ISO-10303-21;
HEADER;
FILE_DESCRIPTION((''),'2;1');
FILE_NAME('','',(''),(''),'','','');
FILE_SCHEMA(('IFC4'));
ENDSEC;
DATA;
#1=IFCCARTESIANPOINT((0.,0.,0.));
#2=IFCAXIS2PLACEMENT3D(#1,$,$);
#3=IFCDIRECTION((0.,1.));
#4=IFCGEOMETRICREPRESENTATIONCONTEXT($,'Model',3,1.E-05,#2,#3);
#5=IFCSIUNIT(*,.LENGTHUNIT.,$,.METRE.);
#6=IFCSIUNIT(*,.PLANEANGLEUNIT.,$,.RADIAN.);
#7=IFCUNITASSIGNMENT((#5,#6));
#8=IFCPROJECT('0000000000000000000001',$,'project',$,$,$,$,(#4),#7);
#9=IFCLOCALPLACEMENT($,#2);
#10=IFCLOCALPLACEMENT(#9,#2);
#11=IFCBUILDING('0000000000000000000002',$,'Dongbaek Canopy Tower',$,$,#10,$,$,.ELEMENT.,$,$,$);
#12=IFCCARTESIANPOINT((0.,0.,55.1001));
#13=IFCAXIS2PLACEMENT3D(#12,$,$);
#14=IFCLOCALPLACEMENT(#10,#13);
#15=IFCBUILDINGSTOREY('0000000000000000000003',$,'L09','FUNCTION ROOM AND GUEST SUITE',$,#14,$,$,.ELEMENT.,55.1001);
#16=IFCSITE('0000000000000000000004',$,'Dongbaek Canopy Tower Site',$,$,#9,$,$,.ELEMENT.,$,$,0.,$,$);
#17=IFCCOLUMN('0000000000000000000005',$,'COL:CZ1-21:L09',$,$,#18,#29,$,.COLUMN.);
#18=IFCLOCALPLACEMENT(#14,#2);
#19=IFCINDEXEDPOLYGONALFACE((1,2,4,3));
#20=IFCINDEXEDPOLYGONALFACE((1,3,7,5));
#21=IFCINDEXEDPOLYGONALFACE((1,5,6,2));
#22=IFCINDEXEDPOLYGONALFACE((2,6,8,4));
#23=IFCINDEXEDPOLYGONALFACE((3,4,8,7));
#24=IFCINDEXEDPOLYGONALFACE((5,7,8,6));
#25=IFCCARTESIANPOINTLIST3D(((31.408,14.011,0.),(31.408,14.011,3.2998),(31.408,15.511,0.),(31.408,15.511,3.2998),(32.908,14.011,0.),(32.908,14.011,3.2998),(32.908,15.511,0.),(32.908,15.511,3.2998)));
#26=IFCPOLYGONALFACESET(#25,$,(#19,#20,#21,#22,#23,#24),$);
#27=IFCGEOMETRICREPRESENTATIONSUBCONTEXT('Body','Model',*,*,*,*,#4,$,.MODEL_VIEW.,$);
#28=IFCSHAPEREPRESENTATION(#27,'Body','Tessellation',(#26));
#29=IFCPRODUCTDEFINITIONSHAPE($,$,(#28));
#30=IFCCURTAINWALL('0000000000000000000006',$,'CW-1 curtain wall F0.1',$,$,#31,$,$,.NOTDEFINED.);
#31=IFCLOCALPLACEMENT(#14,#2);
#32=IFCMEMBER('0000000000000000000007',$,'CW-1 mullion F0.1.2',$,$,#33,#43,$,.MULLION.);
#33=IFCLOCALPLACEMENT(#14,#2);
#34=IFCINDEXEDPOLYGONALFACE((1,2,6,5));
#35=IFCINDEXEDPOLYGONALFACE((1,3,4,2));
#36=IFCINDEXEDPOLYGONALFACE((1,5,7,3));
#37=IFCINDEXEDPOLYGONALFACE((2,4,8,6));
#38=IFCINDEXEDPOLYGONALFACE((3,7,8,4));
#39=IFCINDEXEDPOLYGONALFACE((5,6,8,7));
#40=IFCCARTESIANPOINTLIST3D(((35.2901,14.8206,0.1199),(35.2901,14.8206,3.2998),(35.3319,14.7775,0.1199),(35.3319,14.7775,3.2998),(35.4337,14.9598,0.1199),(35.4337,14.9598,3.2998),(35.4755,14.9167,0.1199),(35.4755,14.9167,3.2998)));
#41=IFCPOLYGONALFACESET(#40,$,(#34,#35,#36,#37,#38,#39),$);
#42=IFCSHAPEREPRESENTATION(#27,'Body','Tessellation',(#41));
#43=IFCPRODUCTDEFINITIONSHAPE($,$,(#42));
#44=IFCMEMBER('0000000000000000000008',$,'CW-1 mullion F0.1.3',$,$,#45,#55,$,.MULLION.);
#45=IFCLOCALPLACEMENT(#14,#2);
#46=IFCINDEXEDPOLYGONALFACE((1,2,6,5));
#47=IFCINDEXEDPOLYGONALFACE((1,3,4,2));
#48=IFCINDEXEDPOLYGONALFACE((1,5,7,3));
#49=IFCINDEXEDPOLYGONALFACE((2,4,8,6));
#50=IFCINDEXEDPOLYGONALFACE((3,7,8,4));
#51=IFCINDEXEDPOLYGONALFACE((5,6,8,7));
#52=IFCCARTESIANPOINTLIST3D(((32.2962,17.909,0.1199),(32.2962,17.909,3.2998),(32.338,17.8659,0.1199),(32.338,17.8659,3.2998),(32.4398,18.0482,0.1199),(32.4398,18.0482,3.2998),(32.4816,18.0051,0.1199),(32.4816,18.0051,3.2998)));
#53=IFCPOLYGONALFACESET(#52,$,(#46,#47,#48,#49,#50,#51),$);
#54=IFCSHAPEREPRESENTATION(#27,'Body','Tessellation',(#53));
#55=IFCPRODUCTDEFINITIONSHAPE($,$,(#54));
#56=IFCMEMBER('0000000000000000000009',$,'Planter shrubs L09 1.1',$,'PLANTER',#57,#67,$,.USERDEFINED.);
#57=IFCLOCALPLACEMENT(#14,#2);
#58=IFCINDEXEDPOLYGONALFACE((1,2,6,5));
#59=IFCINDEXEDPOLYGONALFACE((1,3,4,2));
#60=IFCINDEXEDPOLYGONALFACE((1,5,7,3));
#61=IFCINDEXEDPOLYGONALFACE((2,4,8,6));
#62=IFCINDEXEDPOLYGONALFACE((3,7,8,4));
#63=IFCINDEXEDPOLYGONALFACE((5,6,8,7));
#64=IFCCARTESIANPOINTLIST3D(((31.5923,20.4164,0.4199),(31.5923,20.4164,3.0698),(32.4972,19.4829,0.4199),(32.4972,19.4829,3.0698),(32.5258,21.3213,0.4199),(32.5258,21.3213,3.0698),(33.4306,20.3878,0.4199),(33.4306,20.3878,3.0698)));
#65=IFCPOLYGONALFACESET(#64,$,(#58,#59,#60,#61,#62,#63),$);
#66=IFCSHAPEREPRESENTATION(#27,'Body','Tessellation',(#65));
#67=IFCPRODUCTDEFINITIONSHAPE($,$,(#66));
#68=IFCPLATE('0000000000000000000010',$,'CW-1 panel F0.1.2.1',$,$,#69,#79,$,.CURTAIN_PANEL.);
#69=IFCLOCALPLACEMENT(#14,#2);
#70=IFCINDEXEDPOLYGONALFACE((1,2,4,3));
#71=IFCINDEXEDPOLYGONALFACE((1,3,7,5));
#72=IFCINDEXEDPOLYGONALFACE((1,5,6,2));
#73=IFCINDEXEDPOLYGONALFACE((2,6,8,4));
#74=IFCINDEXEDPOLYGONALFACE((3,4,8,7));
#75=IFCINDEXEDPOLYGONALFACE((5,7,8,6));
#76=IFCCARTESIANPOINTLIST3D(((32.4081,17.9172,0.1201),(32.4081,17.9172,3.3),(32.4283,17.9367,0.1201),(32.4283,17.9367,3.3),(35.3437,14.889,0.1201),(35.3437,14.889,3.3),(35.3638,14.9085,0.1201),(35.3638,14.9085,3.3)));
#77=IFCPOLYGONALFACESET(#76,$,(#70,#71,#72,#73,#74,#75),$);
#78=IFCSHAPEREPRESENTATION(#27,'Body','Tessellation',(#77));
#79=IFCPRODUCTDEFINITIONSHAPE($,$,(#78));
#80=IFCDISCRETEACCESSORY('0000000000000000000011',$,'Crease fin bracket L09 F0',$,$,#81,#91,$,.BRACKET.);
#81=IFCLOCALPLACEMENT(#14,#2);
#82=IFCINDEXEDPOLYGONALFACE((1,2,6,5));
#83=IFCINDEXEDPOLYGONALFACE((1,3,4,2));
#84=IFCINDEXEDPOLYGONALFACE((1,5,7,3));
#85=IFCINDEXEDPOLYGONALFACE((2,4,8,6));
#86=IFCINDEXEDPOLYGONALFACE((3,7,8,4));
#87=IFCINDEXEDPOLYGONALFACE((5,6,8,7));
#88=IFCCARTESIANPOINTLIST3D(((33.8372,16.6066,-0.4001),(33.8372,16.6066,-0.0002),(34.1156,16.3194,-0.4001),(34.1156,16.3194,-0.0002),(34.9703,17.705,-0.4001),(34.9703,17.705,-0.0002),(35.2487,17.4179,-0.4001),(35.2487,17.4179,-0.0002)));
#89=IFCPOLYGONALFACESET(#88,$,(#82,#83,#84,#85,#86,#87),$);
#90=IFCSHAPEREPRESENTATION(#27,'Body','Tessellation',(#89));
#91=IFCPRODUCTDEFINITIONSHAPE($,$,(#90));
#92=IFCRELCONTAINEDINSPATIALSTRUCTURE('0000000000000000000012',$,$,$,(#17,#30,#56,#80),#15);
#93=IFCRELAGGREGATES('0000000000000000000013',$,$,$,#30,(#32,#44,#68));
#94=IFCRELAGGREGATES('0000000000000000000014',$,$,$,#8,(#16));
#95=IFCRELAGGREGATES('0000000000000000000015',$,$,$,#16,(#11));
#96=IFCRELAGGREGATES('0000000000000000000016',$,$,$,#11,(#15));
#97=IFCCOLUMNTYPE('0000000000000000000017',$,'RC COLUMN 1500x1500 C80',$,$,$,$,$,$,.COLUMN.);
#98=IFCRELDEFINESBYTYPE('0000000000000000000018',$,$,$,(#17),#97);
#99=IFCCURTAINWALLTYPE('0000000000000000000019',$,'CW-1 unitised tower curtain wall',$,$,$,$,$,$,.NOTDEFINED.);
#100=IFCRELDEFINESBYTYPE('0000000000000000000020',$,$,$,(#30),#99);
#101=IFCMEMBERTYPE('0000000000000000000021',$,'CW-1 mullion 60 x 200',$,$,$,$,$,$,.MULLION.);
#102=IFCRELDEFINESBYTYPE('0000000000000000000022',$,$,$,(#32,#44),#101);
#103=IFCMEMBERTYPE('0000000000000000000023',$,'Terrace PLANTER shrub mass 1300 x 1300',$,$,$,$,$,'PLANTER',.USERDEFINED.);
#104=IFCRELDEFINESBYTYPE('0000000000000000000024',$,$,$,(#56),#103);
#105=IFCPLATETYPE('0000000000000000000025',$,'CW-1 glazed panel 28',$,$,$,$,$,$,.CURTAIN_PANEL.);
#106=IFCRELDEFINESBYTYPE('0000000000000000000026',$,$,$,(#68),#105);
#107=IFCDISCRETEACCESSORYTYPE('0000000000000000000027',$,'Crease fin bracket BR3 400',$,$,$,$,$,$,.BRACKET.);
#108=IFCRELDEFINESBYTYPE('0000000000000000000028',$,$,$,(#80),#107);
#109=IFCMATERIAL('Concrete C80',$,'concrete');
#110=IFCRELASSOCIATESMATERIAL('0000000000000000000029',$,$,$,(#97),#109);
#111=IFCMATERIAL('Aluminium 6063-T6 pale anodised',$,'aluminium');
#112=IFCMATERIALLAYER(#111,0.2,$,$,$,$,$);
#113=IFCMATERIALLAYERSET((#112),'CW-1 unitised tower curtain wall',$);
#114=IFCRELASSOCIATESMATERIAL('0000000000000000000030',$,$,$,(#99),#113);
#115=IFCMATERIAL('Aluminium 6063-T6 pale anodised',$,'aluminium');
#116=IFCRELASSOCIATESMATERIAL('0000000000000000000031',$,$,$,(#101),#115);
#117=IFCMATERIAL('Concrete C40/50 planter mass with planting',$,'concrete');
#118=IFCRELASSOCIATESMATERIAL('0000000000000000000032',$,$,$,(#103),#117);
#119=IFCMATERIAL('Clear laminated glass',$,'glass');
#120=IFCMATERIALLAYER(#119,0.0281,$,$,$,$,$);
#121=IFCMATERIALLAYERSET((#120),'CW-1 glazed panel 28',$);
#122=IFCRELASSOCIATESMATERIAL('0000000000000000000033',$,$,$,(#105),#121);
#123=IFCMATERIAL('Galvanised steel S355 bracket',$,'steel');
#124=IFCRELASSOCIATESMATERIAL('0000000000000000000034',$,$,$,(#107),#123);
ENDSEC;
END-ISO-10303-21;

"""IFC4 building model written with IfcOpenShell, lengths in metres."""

from ifc_helpers import new_model, si_unit, direction, frame, origin, origin_2d, place, context, subcontext, project, spatial, rectangle, extrude, material, layer, layer_set, material_profile, profile_set, type_object, element, aggregate, save


model = new_model("IFC4")

# Units and contexts
model_context = context("Model", 3, precision=1e-05, world=origin(), true_north=direction((0.0, 1.0)))
body_context = subcontext(model_context, "Body", "Model", "MODEL_VIEW")
ifc_project = project(units=[si_unit("LENGTHUNIT", "METRE"), si_unit("PLANEANGLEUNIT", "RADIAN")], contexts=[model_context])

# Site, building, storey
site_placement = place(None, origin())
site = spatial("IfcSite", under=ifc_project, at=site_placement, Name="Dongbaek Canopy Tower Site", CompositionType="ELEMENT", RefElevation=0.0)
building_placement = place(site_placement, origin())
building = spatial("IfcBuilding", under=site, at=building_placement, Name="Dongbaek Canopy Tower", CompositionType="ELEMENT")
storey_placement = place(building_placement, frame((0.0, 0.0, 55.1001)))
storey = spatial("IfcBuildingStorey", under=building, at=storey_placement, Name="L09", Description="FUNCTION ROOM AND GUEST SUITE", CompositionType="ELEMENT", Elevation=55.1001)

# Column
ifc_material_1 = material(Name="Concrete C80", Category="concrete")
ifc_material_profile_1 = material_profile(ifc_material_1, rectangle(XDim=1.5, YDim=1.5, at=origin_2d()), Name="RC COLUMN 1500x1500 C80")
ifc_profile_set_1 = profile_set([ifc_material_profile_1], Name="Concrete C80")
column_type = type_object("IfcColumnType", Name="RC COLUMN 1500x1500 C80", PredefinedType="COLUMN", material=ifc_profile_set_1)
column_placement = place(storey_placement, frame((32.158, 14.761, 0.0), z_axis=(0.0, 0.0, 1.0), x_axis=(1.0, 0.0, 0.0)))
element("IfcColumn", 1, at=column_placement, inside=storey, type_object=column_type, Name="COL:CZ1-21:L09", PredefinedType="COLUMN", context=body_context, shape_type="SweptSolid", body=[
    extrude(rectangle(XDim=1.5, YDim=1.5, at=origin_2d()), origin(), (0.0, 0.0, 1.0), 3.2998),
])

# Curtain wall, members
ifc_material_2 = material(Name="Aluminium 6063-T6 pale anodised", Category="aluminium")
ifc_layer_1 = layer(ifc_material_2, 0.2)
ifc_layer_set_1 = layer_set([ifc_layer_1], Name="CW-1 unitised tower curtain wall")
curtain_wall_type = type_object("IfcCurtainWallType", Name="CW-1 unitised tower curtain wall", PredefinedType="NOTDEFINED", material=ifc_layer_set_1)
curtain_wall_placement = place(storey_placement, origin())
curtain_wall = element("IfcCurtainWall", 2, at=curtain_wall_placement, inside=storey, type_object=curtain_wall_type, Name="CW-1 curtain wall F0.1", PredefinedType="NOTDEFINED")
ifc_material_3 = material(Name="Aluminium 6063-T6 pale anodised", Category="aluminium")
ifc_material_profile_2 = material_profile(ifc_material_3, rectangle(XDim=0.2, YDim=0.0601, at=origin_2d()), Name="CW-1 mullion 60 x 200")
ifc_profile_set_2 = profile_set([ifc_material_profile_2], Name="Aluminium 6063-T6 pale anodised")
member_type_1 = type_object("IfcMemberType", Name="CW-1 mullion 60 x 200", PredefinedType="MULLION", material=ifc_profile_set_2)
member_1_placement = place(storey_placement, frame((35.3828, 14.8687, 0.1199), z_axis=(0.0, 0.0, 1.0), x_axis=(0.718004, 0.696039, 0.0)))
member_1 = element("IfcMember", 3, at=member_1_placement, type_object=member_type_1, Name="CW-1 mullion F0.1.2", PredefinedType="MULLION", context=body_context, shape_type="SweptSolid", body=[
    extrude(rectangle(XDim=0.2, YDim=0.0601, at=origin_2d()), origin(), (0.0, 0.0, 1.0), 3.1799),
])
member_2_placement = place(storey_placement, frame((32.3889, 17.957, 0.1199), z_axis=(0.0, 0.0, 1.0), x_axis=(0.718004, 0.696039, 0.0)))
member_2 = element("IfcMember", 4, at=member_2_placement, type_object=member_type_1, Name="CW-1 mullion F0.1.3", PredefinedType="MULLION", context=body_context, shape_type="SweptSolid", body=[
    extrude(rectangle(XDim=0.2, YDim=0.0601, at=origin_2d()), origin(), (0.0, 0.0, 1.0), 3.1799),
])

# Member
ifc_material_4 = material(Name="Concrete C40/50 planter mass with planting", Category="concrete")
ifc_material_profile_3 = material_profile(ifc_material_4, rectangle(XDim=1.3, YDim=1.3, at=origin_2d()), Name="Terrace PLANTER shrub mass 1300 x 1300")
ifc_profile_set_3 = profile_set([ifc_material_profile_3], Name="Concrete C40/50 planter mass with planting")
member_type_2 = type_object("IfcMemberType", Name="Terrace PLANTER shrub mass 1300 x 1300", ElementType="PLANTER", PredefinedType="USERDEFINED", material=ifc_profile_set_3)
member_3_placement = place(storey_placement, frame((32.5115, 20.4021, 0.4199), z_axis=(0.0, 0.0, 1.0), x_axis=(0.718004, 0.696039, 0.0)))
element("IfcMember", 5, at=member_3_placement, inside=storey, type_object=member_type_2, Name="Planter shrubs L09 1.1", ObjectType="PLANTER", PredefinedType="USERDEFINED", context=body_context, shape_type="SweptSolid", body=[
    extrude(rectangle(XDim=1.3, YDim=1.3, at=origin_2d()), origin(), (0.0, 0.0, 1.0), 2.6499),
])

# Plate
ifc_material_5 = material(Name="Clear laminated glass", Category="glass")
ifc_layer_2 = layer(ifc_material_5, 0.0281)
ifc_layer_set_2 = layer_set([ifc_layer_2], Name="CW-1 glazed panel 28")
plate_type = type_object("IfcPlateType", Name="CW-1 glazed panel 28", PredefinedType="CURTAIN_PANEL", material=ifc_layer_set_2)
plate_placement = place(storey_placement, frame((33.886, 16.4128, 0.1201), z_axis=(0.0, 0.0, 1.0), x_axis=(-0.696039, 0.718004, 0.0)))
plate = element("IfcPlate", 6, at=plate_placement, type_object=plate_type, Name="CW-1 panel F0.1.2.1", PredefinedType="CURTAIN_PANEL", context=body_context, shape_type="SweptSolid", body=[
    extrude(rectangle(XDim=4.2175, YDim=0.0281, at=origin_2d()), origin(), (0.0, 0.0, 1.0), 3.1799),
])
aggregate(curtain_wall, [member_1, member_2, plate])

# Discrete accessory
ifc_material_6 = material(Name="Galvanised steel S355 bracket", Category="steel")
discrete_accessory_type = type_object("IfcDiscreteAccessoryType", Name="Crease fin bracket BR3 400", PredefinedType="BRACKET", material=ifc_material_6)
discrete_accessory_placement = place(storey_placement, frame((34.543, 17.0122, -0.4001), z_axis=(0.0, 0.0, 1.0), x_axis=(0.718004, 0.696039, 0.0)))
element("IfcDiscreteAccessory", 7, at=discrete_accessory_placement, inside=storey, type_object=discrete_accessory_type, Name="Crease fin bracket L09 F0", PredefinedType="BRACKET", context=body_context, shape_type="SweptSolid", body=[
    extrude(rectangle(XDim=1.5781, YDim=0.3999, at=origin_2d()), origin(), (0.0, 0.0, 1.0), 0.3999),
])

save(model, "model.ifc")
